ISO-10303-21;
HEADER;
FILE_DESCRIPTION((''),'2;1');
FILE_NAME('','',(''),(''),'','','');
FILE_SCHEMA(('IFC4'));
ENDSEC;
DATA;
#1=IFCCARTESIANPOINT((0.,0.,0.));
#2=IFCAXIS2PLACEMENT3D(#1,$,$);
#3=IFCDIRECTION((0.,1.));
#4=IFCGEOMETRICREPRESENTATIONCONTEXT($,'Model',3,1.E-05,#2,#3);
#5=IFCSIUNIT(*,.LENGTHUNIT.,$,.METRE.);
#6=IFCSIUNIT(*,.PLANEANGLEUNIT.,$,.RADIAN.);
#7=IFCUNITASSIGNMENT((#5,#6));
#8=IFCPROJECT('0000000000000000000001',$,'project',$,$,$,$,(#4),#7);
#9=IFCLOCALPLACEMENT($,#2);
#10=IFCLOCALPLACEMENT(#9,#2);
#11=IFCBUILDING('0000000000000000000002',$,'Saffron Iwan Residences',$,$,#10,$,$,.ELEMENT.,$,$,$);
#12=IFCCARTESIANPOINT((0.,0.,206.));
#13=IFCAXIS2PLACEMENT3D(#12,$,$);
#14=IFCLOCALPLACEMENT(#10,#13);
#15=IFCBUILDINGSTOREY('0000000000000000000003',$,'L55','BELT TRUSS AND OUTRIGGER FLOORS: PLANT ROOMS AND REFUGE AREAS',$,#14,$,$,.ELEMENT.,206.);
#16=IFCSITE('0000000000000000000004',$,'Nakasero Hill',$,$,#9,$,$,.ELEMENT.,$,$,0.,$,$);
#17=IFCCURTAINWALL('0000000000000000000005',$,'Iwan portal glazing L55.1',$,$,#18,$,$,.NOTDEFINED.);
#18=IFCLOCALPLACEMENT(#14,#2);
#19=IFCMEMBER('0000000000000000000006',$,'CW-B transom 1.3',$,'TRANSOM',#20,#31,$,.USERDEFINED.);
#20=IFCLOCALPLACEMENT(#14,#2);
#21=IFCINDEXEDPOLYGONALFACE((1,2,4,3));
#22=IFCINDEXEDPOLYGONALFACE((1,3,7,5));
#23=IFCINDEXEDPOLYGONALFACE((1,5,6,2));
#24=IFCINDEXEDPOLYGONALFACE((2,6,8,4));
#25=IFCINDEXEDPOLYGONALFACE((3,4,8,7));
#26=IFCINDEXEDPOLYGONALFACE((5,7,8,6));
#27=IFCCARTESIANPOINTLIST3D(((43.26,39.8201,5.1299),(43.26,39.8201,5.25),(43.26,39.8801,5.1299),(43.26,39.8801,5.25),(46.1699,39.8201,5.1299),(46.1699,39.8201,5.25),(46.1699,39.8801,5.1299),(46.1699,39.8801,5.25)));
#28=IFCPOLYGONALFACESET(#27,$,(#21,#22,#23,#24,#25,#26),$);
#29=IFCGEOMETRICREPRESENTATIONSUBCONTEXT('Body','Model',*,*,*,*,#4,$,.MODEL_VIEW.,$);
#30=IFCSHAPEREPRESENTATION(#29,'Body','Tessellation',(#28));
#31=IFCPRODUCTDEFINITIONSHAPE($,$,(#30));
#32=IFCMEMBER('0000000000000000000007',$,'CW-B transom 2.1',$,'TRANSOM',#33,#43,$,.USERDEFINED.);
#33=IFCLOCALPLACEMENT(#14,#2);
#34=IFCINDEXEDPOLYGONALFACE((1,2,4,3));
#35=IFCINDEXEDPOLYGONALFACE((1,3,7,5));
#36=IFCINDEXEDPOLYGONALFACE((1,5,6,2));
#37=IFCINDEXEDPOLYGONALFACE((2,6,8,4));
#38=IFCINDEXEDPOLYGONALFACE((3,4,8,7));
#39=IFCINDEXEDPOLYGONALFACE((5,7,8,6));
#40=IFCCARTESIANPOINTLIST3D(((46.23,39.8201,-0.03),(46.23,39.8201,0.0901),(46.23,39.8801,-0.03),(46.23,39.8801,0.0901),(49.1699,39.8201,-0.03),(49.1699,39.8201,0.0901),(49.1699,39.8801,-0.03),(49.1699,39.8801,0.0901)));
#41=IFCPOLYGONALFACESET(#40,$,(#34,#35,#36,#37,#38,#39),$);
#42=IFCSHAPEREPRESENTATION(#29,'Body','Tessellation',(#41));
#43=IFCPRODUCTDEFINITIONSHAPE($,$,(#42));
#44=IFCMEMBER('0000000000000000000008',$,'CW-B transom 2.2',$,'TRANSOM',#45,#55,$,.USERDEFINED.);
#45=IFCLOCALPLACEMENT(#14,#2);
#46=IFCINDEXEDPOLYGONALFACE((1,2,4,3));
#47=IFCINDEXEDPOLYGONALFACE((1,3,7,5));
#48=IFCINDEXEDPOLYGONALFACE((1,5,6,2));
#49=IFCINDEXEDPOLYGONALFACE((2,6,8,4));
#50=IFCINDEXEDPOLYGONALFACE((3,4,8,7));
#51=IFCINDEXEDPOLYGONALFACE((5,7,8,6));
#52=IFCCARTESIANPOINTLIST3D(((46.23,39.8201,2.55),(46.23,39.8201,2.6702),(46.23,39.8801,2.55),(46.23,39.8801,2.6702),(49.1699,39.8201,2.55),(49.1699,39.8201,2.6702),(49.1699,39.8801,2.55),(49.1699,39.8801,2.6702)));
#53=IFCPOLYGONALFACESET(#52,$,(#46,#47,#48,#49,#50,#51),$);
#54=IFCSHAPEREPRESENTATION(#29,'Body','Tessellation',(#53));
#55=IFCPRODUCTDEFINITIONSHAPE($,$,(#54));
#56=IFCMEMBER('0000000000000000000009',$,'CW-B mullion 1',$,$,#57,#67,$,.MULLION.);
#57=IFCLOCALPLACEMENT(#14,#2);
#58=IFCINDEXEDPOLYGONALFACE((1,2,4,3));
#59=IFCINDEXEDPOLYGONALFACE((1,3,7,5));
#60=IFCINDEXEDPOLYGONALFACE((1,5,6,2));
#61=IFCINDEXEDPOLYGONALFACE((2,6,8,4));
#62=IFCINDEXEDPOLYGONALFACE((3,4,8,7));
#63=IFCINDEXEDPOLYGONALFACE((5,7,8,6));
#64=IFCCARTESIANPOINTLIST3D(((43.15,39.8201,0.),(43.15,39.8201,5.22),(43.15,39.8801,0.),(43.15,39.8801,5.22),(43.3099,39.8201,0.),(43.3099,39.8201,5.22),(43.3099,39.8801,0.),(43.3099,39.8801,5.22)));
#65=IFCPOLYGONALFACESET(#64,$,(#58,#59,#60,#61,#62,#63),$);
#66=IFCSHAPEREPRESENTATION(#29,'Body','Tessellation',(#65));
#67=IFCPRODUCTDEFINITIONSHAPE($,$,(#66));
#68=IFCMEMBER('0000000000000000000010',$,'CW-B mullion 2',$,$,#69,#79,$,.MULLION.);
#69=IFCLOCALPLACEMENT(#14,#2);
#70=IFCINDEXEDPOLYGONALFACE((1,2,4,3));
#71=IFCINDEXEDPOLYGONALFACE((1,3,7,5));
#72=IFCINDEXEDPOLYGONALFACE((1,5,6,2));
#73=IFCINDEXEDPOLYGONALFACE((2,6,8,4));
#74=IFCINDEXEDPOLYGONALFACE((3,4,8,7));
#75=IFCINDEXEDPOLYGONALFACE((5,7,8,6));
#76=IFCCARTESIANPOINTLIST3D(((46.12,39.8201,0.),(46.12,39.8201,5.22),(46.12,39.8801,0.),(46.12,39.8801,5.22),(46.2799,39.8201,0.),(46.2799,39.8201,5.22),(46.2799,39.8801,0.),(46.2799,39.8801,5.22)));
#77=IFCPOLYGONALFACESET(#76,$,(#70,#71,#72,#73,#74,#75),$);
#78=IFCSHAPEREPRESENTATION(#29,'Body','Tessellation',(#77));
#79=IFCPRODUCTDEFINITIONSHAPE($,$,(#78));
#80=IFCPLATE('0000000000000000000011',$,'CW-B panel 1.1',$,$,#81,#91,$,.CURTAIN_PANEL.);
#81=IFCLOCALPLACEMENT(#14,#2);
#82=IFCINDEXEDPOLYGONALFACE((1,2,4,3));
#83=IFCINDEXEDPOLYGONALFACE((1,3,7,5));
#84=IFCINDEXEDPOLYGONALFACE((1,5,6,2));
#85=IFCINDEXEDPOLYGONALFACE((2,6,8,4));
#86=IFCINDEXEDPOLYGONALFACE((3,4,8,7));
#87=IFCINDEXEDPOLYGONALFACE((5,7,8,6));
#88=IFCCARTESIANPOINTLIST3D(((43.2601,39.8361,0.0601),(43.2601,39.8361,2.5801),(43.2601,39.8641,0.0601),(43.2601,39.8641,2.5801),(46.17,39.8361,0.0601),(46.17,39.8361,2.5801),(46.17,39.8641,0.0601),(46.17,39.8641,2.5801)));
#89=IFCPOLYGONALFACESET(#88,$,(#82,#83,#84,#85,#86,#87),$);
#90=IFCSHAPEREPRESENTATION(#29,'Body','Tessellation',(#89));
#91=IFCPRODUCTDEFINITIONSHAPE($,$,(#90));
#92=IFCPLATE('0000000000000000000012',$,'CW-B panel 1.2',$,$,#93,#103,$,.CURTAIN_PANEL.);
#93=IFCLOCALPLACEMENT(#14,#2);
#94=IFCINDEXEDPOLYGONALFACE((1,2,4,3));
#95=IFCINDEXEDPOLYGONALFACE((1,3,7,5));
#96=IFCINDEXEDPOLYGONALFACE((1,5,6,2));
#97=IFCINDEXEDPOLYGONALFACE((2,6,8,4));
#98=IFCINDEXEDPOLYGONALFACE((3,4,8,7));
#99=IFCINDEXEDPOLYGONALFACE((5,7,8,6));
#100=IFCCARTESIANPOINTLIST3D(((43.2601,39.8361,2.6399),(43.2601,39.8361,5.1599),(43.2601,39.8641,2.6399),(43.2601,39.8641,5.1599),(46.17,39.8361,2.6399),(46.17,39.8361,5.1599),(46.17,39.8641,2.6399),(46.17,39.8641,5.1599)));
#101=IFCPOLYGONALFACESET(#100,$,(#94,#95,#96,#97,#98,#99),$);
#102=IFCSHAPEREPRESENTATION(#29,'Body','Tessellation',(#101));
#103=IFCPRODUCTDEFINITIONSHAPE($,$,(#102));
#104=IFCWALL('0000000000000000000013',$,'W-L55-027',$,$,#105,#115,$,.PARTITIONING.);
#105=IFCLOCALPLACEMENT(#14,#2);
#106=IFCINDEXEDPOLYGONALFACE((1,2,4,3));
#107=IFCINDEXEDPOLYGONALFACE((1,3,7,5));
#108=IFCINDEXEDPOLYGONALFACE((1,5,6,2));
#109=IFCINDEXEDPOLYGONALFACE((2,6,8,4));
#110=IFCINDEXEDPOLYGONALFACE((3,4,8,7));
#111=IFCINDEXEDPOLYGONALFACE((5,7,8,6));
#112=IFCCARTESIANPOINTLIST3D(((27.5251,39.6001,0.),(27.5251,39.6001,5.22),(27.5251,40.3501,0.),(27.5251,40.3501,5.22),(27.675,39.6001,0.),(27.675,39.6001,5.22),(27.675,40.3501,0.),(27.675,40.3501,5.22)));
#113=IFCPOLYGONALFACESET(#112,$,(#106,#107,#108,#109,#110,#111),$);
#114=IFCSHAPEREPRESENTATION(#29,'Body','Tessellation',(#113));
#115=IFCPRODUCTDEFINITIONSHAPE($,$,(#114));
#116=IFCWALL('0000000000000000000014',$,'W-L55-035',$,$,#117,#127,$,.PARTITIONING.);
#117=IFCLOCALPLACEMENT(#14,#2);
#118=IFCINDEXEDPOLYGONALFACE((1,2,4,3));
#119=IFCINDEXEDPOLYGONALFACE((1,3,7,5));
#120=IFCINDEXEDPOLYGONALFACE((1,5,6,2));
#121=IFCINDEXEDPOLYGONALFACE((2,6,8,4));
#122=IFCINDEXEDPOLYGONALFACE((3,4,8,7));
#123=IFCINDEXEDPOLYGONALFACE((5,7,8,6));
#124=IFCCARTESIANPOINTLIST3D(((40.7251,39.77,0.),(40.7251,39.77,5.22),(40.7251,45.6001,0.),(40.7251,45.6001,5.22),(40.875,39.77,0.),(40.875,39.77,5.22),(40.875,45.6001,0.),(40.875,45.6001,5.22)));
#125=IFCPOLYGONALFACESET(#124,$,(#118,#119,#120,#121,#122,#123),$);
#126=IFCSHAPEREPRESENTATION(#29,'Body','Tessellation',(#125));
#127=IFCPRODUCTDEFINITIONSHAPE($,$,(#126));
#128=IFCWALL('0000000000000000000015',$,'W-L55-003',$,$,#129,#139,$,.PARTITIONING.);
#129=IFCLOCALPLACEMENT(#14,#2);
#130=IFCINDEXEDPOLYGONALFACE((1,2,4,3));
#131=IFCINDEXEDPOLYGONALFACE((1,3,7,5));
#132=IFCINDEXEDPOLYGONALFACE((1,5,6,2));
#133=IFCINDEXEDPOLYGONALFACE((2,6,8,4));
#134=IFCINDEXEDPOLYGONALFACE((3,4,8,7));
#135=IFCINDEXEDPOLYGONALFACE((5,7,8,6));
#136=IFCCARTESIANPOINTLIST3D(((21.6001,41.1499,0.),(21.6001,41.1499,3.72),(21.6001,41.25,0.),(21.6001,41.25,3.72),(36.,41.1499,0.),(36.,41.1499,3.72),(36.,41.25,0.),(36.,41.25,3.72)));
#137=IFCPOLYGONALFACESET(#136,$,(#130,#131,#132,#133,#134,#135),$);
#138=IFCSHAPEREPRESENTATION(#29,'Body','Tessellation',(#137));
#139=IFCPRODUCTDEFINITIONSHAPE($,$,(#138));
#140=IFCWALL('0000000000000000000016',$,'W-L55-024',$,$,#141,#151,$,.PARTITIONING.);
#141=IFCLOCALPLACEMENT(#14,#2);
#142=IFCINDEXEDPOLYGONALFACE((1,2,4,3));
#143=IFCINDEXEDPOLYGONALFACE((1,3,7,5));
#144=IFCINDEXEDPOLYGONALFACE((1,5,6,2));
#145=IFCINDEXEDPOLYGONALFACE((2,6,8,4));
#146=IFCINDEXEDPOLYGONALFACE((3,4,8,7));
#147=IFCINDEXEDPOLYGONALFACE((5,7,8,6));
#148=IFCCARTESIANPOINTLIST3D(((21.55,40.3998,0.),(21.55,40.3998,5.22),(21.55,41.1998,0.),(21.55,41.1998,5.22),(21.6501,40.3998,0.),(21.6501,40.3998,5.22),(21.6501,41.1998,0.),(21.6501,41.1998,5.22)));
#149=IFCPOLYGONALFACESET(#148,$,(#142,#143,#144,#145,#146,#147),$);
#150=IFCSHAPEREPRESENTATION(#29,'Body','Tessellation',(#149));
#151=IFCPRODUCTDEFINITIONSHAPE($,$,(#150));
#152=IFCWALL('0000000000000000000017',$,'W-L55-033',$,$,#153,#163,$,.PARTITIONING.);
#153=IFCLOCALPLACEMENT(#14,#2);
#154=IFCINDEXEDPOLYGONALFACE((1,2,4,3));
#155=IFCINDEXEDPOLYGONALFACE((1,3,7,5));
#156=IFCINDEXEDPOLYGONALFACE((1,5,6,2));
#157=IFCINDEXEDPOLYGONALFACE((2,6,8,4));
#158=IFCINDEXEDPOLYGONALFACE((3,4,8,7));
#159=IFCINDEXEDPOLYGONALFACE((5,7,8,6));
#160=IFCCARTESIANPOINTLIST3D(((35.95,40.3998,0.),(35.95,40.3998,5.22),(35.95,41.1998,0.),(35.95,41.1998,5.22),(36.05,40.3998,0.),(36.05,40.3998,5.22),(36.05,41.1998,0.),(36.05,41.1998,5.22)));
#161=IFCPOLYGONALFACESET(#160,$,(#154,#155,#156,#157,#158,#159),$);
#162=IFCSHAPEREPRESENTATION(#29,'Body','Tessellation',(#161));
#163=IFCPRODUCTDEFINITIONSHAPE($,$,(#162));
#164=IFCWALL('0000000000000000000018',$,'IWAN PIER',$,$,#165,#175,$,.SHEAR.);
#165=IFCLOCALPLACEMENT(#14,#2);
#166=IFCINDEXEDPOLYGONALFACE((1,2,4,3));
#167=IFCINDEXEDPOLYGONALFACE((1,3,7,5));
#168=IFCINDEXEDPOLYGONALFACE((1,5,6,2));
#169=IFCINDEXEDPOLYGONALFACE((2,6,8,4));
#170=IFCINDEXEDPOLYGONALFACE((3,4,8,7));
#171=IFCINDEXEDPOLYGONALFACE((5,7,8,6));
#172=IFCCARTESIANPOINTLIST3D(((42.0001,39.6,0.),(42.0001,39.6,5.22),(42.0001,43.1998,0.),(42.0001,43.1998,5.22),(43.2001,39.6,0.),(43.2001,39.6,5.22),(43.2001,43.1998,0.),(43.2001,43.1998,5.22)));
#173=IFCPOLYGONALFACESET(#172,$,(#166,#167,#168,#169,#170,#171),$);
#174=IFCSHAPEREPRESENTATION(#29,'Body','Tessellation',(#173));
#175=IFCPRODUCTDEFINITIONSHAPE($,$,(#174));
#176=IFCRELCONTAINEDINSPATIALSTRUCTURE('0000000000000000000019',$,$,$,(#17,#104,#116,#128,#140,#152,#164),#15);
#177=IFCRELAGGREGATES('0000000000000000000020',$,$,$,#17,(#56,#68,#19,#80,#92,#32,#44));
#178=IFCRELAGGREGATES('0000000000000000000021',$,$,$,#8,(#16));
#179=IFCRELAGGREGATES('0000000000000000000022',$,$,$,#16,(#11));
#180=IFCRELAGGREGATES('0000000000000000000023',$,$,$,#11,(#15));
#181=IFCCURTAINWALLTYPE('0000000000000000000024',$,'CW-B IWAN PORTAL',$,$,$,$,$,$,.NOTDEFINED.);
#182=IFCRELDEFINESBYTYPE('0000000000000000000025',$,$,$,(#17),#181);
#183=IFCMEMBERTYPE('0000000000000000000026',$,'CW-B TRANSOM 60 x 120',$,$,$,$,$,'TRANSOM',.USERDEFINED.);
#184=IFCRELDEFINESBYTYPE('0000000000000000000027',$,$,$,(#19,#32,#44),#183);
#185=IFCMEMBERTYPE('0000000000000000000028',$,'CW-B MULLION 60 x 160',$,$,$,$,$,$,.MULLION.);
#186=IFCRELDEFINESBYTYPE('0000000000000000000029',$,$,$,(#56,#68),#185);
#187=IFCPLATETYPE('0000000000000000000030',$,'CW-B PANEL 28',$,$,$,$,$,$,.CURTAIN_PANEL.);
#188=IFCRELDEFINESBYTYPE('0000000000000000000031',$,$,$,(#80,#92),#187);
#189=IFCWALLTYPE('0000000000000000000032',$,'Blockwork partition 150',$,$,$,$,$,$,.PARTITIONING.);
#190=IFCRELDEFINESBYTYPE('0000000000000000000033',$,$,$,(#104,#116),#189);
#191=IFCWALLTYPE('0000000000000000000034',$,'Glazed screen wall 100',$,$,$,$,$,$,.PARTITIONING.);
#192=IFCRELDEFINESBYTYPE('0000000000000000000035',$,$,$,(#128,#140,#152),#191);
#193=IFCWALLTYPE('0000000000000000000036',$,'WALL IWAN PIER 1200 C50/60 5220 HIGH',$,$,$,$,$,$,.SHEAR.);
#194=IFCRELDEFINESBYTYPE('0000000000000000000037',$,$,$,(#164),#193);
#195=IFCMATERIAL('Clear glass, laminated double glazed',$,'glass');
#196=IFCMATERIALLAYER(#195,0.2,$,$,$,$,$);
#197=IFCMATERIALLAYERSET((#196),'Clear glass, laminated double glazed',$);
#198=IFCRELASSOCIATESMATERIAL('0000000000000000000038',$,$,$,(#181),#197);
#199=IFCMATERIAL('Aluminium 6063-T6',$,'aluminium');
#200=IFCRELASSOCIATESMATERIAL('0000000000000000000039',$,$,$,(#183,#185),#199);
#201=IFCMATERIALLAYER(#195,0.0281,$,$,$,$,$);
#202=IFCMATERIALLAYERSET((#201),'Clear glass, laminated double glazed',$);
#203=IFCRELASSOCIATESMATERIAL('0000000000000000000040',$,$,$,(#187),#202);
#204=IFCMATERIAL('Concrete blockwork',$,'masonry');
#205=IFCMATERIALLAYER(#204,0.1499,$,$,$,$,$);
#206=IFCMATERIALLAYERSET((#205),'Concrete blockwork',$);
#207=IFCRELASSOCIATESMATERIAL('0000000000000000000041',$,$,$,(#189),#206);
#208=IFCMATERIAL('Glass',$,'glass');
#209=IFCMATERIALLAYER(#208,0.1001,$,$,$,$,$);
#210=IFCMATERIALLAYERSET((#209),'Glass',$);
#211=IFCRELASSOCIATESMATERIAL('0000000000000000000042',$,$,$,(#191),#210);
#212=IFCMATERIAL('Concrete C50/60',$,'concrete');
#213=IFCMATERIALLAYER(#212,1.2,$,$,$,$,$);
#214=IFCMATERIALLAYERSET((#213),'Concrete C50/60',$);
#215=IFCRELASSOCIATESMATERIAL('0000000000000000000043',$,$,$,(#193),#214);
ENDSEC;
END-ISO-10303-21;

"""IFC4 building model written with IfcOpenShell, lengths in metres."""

from ifc_helpers import new_model, si_unit, direction, frame, frame_2d, origin, origin_2d, place, context, subcontext, project, spatial, rectangle, extrude, source, transform, mapped, material, layer, layer_set, material_profile, profile_set, type_object, element, aggregate, save


model = new_model("IFC4")

# Units and contexts
model_context = context("Model", 3, precision=1e-05, world=origin(), true_north=direction((0.0, 1.0)))
body_context = subcontext(model_context, "Body", "Model", "MODEL_VIEW")
ifc_project = project(units=[si_unit("LENGTHUNIT", "METRE"), si_unit("PLANEANGLEUNIT", "RADIAN")], contexts=[model_context])

# Site, building, storey
site_placement = place(None, origin())
site = spatial("IfcSite", under=ifc_project, at=site_placement, Name="Nakasero Hill", CompositionType="ELEMENT", RefElevation=0.0)
building_placement = place(site_placement, origin())
building = spatial("IfcBuilding", under=site, at=building_placement, Name="Saffron Iwan Residences", CompositionType="ELEMENT")
storey_placement = place(building_placement, frame((0.0, 0.0, 206.0)))
storey = spatial("IfcBuildingStorey", under=building, at=storey_placement, Name="L55", Description="BELT TRUSS AND OUTRIGGER FLOORS: PLANT ROOMS AND REFUGE AREAS", CompositionType="ELEMENT", Elevation=206.0)

# Shared definitions
ifc_material_1 = material(Name="Concrete C50/60", Category="concrete")

# Curtain wall, members, plates
ifc_material_2 = material(Name="Clear glass, laminated double glazed", Category="glass")
ifc_layer_1 = layer(ifc_material_2, 0.2)
ifc_layer_set_1 = layer_set([ifc_layer_1], Name="Clear glass, laminated double glazed")
curtain_wall_type = type_object("IfcCurtainWallType", Name="CW-B IWAN PORTAL", PredefinedType="NOTDEFINED", material=ifc_layer_set_1)
curtain_wall_placement = place(storey_placement, origin())
curtain_wall = element("IfcCurtainWall", 1, at=curtain_wall_placement, inside=storey, type_object=curtain_wall_type, Name="Iwan portal glazing L55.1", PredefinedType="NOTDEFINED")
ifc_material_3 = material(Name="Aluminium 6063-T6", Category="aluminium")
ifc_material_profile_1 = material_profile(ifc_material_3, rectangle(XDim=0.0601, YDim=0.1201, at=origin_2d()), Name="CW-B TRANSOM 60 x 120")
ifc_profile_set_1 = profile_set([ifc_material_profile_1], Name="Aluminium 6063-T6")
member_type_1 = type_object("IfcMemberType", Name="CW-B TRANSOM 60 x 120", ElementType="TRANSOM", PredefinedType="USERDEFINED", material=ifc_profile_set_1)
shared_shape_1 = source(origin(), body_context, "Body", "SweptSolid", [
    extrude(rectangle(XDim=0.0601, YDim=0.1201, at=origin_2d()), origin(), (0.0, 0.0, 1.0), 2.9099),
])
member_1_placement = place(storey_placement, frame((43.26, 39.8501, 5.1899), z_axis=(1.0, 0.0, 0.0), x_axis=(0.0, 1.0, 0.0)))
member_1 = element("IfcMember", 2, at=member_1_placement, type_object=member_type_1, Name="CW-B transom 1.3", ObjectType="TRANSOM", PredefinedType="USERDEFINED", context=body_context, shape_type="MappedRepresentation", body=[
    mapped(shared_shape_1, transform((0.0, 0.0, 0.0))),
])
shared_shape_2 = source(origin(), body_context, "Body", "SweptSolid", [
    extrude(rectangle(XDim=0.0601, YDim=0.1201, at=origin_2d()), origin(), (0.0, 0.0, 1.0), 2.9399),
])
member_2_placement = place(storey_placement, frame((46.23, 39.8501, 0.03), z_axis=(1.0, 0.0, 0.0), x_axis=(0.0, 1.0, 0.0)))
member_2 = element("IfcMember", 3, at=member_2_placement, type_object=member_type_1, Name="CW-B transom 2.1", ObjectType="TRANSOM", PredefinedType="USERDEFINED", context=body_context, shape_type="MappedRepresentation", body=[
    mapped(shared_shape_2, transform((0.0, 0.0, 0.0))),
])
member_3_placement = place(storey_placement, frame((46.23, 39.8501, 2.6101), z_axis=(1.0, 0.0, 0.0), x_axis=(0.0, 1.0, 0.0)))
member_3 = element("IfcMember", 4, at=member_3_placement, type_object=member_type_1, Name="CW-B transom 2.2", ObjectType="TRANSOM", PredefinedType="USERDEFINED", context=body_context, shape_type="MappedRepresentation", body=[
    mapped(shared_shape_2, transform((0.0, 0.0, 0.0))),
])
ifc_material_profile_2 = material_profile(ifc_material_3, rectangle(XDim=0.0601, YDim=0.1599, at=origin_2d()), Name="CW-B MULLION 60 x 160")
ifc_profile_set_2 = profile_set([ifc_material_profile_2], Name="Aluminium 6063-T6")
member_type_2 = type_object("IfcMemberType", Name="CW-B MULLION 60 x 160", PredefinedType="MULLION", material=ifc_profile_set_2)
shared_shape_3 = source(origin(), body_context, "Body", "SweptSolid", [
    extrude(rectangle(XDim=0.0601, YDim=0.1599, at=origin_2d()), origin(), (0.0, 0.0, 1.0), 5.22),
])
member_4_placement = place(storey_placement, frame((43.23, 39.8501, 0.0), z_axis=(0.0, 0.0, 1.0), x_axis=(0.0, 1.0, 0.0)))
member_4 = element("IfcMember", 5, at=member_4_placement, type_object=member_type_2, Name="CW-B mullion 1", PredefinedType="MULLION", context=body_context, shape_type="MappedRepresentation", body=[
    mapped(shared_shape_3, transform((0.0, 0.0, 0.0))),
])
member_5_placement = place(storey_placement, frame((46.2, 39.8501, 0.0), z_axis=(0.0, 0.0, 1.0), x_axis=(0.0, 1.0, 0.0)))
member_5 = element("IfcMember", 6, at=member_5_placement, type_object=member_type_2, Name="CW-B mullion 2", PredefinedType="MULLION", context=body_context, shape_type="MappedRepresentation", body=[
    mapped(shared_shape_3, transform((0.0, 0.0, 0.0))),
])
ifc_layer_2 = layer(ifc_material_2, 0.0281)
ifc_layer_set_2 = layer_set([ifc_layer_2], Name="Clear glass, laminated double glazed")
plate_type = type_object("IfcPlateType", Name="CW-B PANEL 28", PredefinedType="CURTAIN_PANEL", material=ifc_layer_set_2)
shared_shape_4 = source(origin(), body_context, "Body", "SweptSolid", [
    extrude(rectangle(XDim=2.9099, YDim=0.0281, at=origin_2d()), origin(), (0.0, 0.0, 1.0), 2.52),
])
plate_1_placement = place(storey_placement, frame((44.7151, 39.8501, 0.0601), z_axis=(0.0, 0.0, 1.0), x_axis=(1.0, 0.0, 0.0)))
plate_1 = element("IfcPlate", 7, at=plate_1_placement, type_object=plate_type, Name="CW-B panel 1.1", PredefinedType="CURTAIN_PANEL", context=body_context, shape_type="MappedRepresentation", body=[
    mapped(shared_shape_4, transform((0.0, 0.0, 0.0))),
])
plate_2_placement = place(storey_placement, frame((44.7151, 39.8501, 2.6399), z_axis=(0.0, 0.0, 1.0), x_axis=(1.0, 0.0, 0.0)))
plate_2 = element("IfcPlate", 8, at=plate_2_placement, type_object=plate_type, Name="CW-B panel 1.2", PredefinedType="CURTAIN_PANEL", context=body_context, shape_type="MappedRepresentation", body=[
    mapped(shared_shape_4, transform((0.0, 0.0, 0.0))),
])
aggregate(curtain_wall, [member_4, member_5, member_1, plate_1, plate_2, member_2, member_3])

# Walls
ifc_material_4 = material(Name="Concrete blockwork", Category="masonry")
ifc_layer_3 = layer(ifc_material_4, 0.1499)
ifc_layer_set_3 = layer_set([ifc_layer_3], Name="Concrete blockwork")
wall_type_1 = type_object("IfcWallType", Name="Blockwork partition 150", PredefinedType="PARTITIONING", material=ifc_layer_set_3)
wall_1_placement = place(storey_placement, frame((27.6001, 39.6001, 0.0), z_axis=(0.0, 0.0, 1.0), x_axis=(0.0, 1.0, 0.0)))
element("IfcWall", 9, at=wall_1_placement, inside=storey, type_object=wall_type_1, Name="W-L55-027", PredefinedType="PARTITIONING", context=body_context, shape_type="SweptSolid", body=[
    extrude(rectangle(XDim=0.75, YDim=0.1499, at=frame_2d((0.375, 0.0))), origin(), (0.0, 0.0, 1.0), 5.22),
])
wall_2_placement = place(storey_placement, frame((40.8, 39.77, 0.0), z_axis=(0.0, 0.0, 1.0), x_axis=(0.0, 1.0, 0.0)))
element("IfcWall", 10, at=wall_2_placement, inside=storey, type_object=wall_type_1, Name="W-L55-035", PredefinedType="PARTITIONING", context=body_context, shape_type="SweptSolid", body=[
    extrude(rectangle(XDim=5.8301, YDim=0.1499, at=frame_2d((2.915, 0.0))), origin(), (0.0, 0.0, 1.0), 5.22),
])
ifc_material_5 = material(Name="Glass", Category="glass")
ifc_layer_4 = layer(ifc_material_5, 0.1001)
ifc_layer_set_4 = layer_set([ifc_layer_4], Name="Glass")
wall_type_2 = type_object("IfcWallType", Name="Glazed screen wall 100", PredefinedType="PARTITIONING", material=ifc_layer_set_4)
wall_3_placement = place(storey_placement, frame((21.6001, 41.2, 0.0), z_axis=(0.0, 0.0, 1.0), x_axis=(1.0, 0.0, 0.0)))
element("IfcWall", 11, at=wall_3_placement, inside=storey, type_object=wall_type_2, Name="W-L55-003", PredefinedType="PARTITIONING", context=body_context, shape_type="SweptSolid", body=[
    extrude(rectangle(XDim=14.3999, YDim=0.1001, at=frame_2d((7.2, 0.0))), origin(), (0.0, 0.0, 1.0), 3.72),
])
for number, where, z_axis, x_axis, name in (
    (12, (21.6001, 40.3999, 0.0), (0.0, 0.0, 1.0), (0.0, 1.0, 0.0), "W-L55-024"),
    (13, (36.0, 40.3999, 0.0), (0.0, 0.0, 1.0), (0.0, 1.0, 0.0), "W-L55-033"),
):
    element("IfcWall", number, at=place(storey_placement, frame(where, z_axis=z_axis, x_axis=x_axis)), inside=storey, type_object=wall_type_2, Name=name, PredefinedType="PARTITIONING", context=body_context, shape_type="SweptSolid", body=[
        extrude(rectangle(XDim=0.8, YDim=0.1001, at=frame_2d((0.3999, 0.0))), origin(), (0.0, 0.0, 1.0), 5.22),
    ])
ifc_layer_5 = layer(ifc_material_1, 1.2)
ifc_layer_set_5 = layer_set([ifc_layer_5], Name="Concrete C50/60")
wall_type_3 = type_object("IfcWallType", Name="WALL IWAN PIER 1200 C50/60 5220 HIGH", PredefinedType="SHEAR", material=ifc_layer_set_5)
wall_4_placement = place(storey_placement, frame((42.6001, 39.6001, 0.0), z_axis=(0.0, 0.0, 1.0), x_axis=(0.0, 1.0, 0.0)))
element("IfcWall", 14, at=wall_4_placement, inside=storey, type_object=wall_type_3, Name="IWAN PIER", PredefinedType="SHEAR", context=body_context, shape_type="SweptSolid", body=[
    extrude(rectangle(XDim=3.5999, YDim=1.2, at=frame_2d((1.7998, 0.0))), origin(), (0.0, 0.0, 1.0), 5.22),
])

save(model, "model.ifc")
